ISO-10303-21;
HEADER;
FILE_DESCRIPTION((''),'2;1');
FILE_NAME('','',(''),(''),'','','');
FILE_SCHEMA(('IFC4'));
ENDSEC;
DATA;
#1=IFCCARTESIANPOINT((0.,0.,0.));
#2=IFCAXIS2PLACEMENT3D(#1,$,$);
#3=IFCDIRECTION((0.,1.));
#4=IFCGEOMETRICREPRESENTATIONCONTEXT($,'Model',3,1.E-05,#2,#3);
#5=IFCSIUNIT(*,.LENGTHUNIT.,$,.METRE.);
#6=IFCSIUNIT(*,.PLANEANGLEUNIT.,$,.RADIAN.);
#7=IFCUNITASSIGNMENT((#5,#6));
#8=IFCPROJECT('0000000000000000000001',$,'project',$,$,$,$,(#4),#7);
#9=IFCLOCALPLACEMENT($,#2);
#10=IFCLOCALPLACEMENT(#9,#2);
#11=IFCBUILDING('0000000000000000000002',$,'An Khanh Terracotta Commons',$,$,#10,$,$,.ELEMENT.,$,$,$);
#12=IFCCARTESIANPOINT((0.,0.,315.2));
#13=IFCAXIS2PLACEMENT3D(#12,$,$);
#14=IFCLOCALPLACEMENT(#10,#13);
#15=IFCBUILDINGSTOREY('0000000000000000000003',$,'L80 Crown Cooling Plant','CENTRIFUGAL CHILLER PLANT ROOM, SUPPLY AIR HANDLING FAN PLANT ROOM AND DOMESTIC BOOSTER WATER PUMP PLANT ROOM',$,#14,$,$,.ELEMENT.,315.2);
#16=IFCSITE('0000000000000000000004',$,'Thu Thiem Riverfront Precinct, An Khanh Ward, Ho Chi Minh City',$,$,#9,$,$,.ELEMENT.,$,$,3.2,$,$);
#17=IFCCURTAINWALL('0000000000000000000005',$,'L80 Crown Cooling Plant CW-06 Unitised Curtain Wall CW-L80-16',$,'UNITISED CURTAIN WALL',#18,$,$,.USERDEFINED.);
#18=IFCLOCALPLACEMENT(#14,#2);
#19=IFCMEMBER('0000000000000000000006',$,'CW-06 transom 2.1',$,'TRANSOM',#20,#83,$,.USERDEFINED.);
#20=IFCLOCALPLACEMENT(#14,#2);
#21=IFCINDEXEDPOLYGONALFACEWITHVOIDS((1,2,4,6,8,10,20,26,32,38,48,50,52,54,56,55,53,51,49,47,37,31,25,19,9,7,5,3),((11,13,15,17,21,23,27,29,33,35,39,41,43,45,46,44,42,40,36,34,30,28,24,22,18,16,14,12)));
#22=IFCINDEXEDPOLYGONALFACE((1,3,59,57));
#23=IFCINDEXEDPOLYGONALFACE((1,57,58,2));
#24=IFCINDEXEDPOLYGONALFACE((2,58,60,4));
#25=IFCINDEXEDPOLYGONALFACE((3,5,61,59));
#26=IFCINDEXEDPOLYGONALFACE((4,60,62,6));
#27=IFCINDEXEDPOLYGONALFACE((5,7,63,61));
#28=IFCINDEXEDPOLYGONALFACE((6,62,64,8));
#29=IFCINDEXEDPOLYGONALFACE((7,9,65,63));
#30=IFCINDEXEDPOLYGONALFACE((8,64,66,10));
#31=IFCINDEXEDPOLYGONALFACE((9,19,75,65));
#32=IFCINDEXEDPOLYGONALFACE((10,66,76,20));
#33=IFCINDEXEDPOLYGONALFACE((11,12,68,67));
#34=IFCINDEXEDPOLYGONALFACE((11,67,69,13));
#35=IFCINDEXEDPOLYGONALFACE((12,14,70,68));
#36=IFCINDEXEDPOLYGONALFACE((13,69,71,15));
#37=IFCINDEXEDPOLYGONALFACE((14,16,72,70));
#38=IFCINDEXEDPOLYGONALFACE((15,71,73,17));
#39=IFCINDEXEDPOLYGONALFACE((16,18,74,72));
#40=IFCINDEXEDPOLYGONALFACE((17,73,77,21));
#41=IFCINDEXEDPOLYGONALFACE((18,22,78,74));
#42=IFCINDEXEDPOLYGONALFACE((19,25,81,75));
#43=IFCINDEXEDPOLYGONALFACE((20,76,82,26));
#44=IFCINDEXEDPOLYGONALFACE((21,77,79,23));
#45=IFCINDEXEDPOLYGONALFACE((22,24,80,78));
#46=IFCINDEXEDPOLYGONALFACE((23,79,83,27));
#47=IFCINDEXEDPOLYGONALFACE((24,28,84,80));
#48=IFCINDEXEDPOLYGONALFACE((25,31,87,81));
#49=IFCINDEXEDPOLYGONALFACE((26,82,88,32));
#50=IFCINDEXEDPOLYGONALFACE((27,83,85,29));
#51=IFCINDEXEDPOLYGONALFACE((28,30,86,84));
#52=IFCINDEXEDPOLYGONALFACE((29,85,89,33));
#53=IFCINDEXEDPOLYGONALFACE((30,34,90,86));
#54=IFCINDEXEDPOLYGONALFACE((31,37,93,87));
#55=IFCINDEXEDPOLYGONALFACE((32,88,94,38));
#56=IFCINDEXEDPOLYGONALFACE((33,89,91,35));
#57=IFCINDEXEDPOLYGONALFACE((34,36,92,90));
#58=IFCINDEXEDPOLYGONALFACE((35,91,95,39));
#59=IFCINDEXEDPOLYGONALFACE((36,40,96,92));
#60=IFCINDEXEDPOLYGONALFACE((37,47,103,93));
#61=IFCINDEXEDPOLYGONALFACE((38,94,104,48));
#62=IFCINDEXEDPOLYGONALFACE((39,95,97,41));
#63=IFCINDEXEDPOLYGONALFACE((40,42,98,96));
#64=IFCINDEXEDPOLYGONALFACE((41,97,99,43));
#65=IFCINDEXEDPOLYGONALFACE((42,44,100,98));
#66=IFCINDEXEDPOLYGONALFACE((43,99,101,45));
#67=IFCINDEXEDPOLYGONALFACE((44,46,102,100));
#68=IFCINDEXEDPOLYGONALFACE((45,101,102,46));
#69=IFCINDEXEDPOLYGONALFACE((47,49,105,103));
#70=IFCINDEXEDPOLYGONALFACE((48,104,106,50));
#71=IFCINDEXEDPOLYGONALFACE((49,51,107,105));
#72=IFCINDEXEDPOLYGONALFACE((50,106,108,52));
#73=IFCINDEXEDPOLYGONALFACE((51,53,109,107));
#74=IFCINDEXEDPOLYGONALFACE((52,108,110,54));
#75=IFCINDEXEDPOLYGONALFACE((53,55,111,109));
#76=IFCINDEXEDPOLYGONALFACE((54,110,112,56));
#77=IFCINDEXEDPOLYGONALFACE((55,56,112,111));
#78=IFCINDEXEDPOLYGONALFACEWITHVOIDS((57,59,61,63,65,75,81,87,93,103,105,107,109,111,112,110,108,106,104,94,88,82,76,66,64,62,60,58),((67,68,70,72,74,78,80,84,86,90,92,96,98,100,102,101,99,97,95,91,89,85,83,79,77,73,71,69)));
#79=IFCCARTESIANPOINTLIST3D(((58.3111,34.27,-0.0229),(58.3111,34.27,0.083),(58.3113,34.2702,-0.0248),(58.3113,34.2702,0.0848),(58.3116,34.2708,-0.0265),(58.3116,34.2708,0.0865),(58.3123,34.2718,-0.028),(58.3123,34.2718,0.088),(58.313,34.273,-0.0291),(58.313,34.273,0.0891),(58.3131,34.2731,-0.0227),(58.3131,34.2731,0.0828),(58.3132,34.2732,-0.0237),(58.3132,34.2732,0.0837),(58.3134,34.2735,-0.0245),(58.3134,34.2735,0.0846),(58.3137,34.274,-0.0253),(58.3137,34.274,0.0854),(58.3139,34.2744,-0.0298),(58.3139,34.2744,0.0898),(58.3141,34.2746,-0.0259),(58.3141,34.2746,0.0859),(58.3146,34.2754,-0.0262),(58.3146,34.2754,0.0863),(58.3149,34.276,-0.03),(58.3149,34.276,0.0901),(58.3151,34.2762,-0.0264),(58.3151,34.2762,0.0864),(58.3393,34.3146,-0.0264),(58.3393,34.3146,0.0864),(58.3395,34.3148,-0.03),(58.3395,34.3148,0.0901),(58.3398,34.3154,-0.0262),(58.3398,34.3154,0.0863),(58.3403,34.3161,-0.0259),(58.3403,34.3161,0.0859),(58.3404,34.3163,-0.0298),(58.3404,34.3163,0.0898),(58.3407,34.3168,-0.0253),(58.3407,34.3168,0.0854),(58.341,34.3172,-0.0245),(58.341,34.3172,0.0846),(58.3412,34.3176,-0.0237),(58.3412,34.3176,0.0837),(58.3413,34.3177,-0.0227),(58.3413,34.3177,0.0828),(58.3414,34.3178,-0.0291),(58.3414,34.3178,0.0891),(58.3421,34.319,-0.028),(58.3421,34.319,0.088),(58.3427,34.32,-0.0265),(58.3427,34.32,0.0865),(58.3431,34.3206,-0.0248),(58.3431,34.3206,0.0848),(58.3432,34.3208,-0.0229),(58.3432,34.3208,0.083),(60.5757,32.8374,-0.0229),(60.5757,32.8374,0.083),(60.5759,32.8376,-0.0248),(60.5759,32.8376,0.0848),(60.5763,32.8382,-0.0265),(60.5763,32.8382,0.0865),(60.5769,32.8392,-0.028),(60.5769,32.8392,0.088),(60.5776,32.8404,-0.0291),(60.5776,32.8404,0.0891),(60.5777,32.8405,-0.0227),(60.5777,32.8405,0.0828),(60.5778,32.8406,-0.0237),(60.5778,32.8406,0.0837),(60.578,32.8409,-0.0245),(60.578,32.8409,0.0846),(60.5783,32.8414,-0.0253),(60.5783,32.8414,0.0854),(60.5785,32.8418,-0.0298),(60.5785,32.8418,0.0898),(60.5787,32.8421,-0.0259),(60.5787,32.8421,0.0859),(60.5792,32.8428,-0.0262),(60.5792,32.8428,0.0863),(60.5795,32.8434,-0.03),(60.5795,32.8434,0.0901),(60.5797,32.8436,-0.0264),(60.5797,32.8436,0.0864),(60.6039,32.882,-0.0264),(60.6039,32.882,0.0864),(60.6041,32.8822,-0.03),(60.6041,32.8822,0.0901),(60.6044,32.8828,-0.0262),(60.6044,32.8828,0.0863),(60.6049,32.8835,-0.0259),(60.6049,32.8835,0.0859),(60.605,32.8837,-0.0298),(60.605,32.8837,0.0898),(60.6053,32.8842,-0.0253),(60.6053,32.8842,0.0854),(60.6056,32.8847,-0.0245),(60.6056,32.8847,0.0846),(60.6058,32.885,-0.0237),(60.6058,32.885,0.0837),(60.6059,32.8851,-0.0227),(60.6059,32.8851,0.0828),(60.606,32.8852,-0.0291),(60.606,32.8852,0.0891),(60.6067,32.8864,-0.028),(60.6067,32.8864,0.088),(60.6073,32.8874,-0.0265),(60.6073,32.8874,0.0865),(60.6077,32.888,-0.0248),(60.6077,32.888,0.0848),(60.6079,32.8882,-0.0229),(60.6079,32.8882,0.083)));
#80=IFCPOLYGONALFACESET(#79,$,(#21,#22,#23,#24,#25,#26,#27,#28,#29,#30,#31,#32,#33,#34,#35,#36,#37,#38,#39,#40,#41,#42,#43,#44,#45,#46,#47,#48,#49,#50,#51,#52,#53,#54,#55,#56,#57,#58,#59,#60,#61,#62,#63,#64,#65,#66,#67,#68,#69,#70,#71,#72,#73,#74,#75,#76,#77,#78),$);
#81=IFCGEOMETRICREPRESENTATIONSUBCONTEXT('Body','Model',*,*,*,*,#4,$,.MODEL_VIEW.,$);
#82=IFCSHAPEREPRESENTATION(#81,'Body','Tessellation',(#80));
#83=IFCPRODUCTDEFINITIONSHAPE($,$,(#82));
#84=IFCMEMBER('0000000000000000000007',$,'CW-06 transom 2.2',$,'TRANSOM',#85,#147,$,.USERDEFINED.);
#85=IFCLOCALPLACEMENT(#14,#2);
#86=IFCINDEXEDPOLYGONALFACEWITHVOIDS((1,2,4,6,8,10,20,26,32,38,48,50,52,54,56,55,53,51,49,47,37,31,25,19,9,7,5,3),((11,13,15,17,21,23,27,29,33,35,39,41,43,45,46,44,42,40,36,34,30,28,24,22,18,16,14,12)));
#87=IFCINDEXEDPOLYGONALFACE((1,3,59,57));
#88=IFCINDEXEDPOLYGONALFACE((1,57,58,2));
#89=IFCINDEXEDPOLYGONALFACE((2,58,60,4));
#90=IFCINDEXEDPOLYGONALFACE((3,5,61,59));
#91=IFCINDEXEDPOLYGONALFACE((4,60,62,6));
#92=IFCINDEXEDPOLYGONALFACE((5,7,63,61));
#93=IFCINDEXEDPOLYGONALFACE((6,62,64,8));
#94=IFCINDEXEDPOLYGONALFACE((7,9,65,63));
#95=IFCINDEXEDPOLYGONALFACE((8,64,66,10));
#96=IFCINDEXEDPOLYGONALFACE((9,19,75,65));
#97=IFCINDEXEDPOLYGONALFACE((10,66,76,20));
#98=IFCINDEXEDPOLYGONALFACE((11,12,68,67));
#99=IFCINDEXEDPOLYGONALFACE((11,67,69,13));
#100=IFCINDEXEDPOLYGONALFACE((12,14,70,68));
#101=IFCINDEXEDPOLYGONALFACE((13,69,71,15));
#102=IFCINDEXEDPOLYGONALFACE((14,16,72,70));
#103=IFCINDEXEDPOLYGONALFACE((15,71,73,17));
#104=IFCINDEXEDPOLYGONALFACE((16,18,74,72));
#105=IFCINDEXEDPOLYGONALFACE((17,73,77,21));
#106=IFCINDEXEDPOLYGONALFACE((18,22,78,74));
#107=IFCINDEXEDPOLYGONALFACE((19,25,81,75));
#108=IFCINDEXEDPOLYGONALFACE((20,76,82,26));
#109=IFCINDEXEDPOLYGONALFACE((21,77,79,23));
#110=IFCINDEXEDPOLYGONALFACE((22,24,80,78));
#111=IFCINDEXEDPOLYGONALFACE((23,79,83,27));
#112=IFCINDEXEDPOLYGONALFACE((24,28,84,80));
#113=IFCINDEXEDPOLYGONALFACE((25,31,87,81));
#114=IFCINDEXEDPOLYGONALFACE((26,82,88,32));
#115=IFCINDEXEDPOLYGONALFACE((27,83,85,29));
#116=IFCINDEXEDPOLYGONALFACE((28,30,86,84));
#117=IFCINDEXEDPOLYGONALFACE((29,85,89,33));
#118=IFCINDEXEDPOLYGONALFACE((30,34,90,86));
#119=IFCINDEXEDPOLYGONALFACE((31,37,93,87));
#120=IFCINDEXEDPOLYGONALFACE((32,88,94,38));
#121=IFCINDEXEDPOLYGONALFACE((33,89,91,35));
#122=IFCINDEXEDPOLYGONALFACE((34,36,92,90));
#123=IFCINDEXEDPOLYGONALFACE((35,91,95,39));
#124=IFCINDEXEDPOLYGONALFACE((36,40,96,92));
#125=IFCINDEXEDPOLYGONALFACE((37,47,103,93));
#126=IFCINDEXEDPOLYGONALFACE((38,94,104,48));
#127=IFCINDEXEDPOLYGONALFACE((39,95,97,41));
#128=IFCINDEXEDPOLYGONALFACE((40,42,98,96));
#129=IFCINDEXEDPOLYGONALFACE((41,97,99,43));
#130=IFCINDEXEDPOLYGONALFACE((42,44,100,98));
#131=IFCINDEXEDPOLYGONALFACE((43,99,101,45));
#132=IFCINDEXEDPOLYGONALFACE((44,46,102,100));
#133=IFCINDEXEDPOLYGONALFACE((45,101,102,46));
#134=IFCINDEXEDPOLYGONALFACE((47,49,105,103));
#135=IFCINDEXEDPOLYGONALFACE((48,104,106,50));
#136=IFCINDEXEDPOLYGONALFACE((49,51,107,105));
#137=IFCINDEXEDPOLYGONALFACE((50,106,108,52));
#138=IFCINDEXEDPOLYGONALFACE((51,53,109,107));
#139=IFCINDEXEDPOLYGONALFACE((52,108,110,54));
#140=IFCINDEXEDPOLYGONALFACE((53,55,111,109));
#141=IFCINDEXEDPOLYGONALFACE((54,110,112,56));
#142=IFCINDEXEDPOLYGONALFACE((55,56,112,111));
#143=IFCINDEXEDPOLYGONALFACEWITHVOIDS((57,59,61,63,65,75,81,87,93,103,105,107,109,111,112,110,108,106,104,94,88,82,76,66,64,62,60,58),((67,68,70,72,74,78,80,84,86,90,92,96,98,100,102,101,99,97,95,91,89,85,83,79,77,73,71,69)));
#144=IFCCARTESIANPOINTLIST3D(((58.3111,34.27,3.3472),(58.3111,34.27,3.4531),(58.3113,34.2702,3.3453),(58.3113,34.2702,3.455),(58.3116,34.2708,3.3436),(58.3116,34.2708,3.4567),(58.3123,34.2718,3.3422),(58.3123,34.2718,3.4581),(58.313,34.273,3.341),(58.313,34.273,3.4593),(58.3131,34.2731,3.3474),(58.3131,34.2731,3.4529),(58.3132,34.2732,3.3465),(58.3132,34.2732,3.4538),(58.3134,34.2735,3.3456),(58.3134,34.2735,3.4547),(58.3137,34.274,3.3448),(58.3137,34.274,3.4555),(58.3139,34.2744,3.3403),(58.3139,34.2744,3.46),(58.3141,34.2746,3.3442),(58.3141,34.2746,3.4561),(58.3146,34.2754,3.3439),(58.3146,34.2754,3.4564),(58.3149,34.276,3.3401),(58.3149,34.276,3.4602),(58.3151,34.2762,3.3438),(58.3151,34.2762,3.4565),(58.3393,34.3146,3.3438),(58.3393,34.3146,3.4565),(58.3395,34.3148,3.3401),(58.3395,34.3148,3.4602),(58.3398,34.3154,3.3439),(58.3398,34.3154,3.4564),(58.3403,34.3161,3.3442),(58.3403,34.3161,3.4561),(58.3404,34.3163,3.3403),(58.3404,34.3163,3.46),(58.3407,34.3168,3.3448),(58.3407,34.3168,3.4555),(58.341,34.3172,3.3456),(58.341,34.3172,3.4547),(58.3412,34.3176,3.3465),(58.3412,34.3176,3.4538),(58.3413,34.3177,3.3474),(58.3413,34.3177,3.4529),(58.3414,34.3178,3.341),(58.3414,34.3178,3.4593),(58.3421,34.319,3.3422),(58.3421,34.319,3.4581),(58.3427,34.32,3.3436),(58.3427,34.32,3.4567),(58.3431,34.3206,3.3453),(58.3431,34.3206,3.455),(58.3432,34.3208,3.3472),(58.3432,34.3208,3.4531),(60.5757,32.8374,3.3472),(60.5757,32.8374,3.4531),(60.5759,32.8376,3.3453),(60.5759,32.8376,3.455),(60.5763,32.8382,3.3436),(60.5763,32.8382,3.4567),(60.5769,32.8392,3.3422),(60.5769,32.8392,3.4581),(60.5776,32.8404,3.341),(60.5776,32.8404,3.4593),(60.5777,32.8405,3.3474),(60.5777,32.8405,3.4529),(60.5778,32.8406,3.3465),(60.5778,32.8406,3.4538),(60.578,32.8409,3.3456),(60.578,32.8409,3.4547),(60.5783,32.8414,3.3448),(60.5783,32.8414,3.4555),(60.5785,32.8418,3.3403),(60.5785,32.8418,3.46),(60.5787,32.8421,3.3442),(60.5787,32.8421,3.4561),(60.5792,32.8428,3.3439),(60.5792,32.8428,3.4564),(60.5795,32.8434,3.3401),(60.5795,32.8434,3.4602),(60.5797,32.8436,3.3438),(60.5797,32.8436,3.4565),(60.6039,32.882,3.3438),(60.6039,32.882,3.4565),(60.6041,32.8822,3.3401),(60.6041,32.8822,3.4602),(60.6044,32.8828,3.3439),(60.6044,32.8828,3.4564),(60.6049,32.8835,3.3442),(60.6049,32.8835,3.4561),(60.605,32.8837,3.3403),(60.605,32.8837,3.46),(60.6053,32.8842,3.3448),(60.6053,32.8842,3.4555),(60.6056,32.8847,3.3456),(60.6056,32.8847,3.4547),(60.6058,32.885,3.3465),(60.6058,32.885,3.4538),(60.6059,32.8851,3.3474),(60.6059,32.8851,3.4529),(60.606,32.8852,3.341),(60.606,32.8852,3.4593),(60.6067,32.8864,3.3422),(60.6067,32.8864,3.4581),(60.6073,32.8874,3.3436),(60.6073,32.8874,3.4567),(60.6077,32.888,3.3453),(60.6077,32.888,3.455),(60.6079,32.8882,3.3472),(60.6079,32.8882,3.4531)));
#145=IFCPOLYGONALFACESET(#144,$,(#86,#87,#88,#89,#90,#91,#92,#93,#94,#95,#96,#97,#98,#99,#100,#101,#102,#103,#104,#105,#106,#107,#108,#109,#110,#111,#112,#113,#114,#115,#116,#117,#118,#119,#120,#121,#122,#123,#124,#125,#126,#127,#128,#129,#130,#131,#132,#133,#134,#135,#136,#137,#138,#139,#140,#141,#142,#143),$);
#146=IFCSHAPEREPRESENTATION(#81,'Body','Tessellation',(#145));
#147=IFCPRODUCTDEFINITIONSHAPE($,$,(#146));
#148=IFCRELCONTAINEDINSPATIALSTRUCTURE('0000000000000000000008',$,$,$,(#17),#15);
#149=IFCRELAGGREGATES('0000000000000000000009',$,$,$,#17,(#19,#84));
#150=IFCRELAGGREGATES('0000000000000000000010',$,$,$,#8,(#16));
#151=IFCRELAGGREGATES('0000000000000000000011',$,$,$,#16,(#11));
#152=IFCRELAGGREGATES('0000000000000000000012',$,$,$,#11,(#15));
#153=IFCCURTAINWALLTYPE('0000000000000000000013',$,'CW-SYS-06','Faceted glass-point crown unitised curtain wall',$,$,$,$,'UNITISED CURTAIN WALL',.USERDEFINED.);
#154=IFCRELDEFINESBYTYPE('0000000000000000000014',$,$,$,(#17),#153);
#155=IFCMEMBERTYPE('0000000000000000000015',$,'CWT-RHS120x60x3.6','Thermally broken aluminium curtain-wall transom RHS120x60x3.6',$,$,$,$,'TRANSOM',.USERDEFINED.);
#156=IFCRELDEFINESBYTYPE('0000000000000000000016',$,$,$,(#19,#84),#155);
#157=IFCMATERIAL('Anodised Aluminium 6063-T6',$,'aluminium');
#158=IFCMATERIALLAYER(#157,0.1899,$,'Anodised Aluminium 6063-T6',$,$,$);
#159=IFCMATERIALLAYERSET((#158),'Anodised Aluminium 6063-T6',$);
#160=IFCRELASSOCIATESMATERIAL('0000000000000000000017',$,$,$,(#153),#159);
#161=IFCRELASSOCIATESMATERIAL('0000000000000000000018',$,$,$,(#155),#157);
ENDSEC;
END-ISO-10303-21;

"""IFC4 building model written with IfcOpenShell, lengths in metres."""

from ifc_helpers import new_model, si_unit, direction, frame, origin, origin_2d, place, context, subcontext, project, spatial, hollow_rectangle, extrude, material, layer, layer_set, material_profile, profile_set, type_object, element, aggregate, save


model = new_model("IFC4")

# Units and contexts
model_context = context("Model", 3, precision=1e-05, world=origin(), true_north=direction((0.0, 1.0)))
body_context = subcontext(model_context, "Body", "Model", "MODEL_VIEW")
ifc_project = project(units=[si_unit("LENGTHUNIT", "METRE"), si_unit("PLANEANGLEUNIT", "RADIAN")], contexts=[model_context])

# Site, building, storey
site_placement = place(None, origin())
site = spatial("IfcSite", under=ifc_project, at=site_placement, Name="Thu Thiem Riverfront Precinct, An Khanh Ward, Ho Chi Minh City", CompositionType="ELEMENT", RefElevation=3.2)
building_placement = place(site_placement, origin())
building = spatial("IfcBuilding", under=site, at=building_placement, Name="An Khanh Terracotta Commons", CompositionType="ELEMENT")
storey_placement = place(building_placement, frame((0.0, 0.0, 315.2)))
storey = spatial("IfcBuildingStorey", under=building, at=storey_placement, Name="L80 Crown Cooling Plant", Description="CENTRIFUGAL CHILLER PLANT ROOM, SUPPLY AIR HANDLING FAN PLANT ROOM AND DOMESTIC BOOSTER WATER PUMP PLANT ROOM", CompositionType="ELEMENT", Elevation=315.2)

# Curtain wall, members
ifc_material_1 = material(Name="Anodised Aluminium 6063-T6", Category="aluminium")
ifc_layer_1 = layer(ifc_material_1, 0.1899, Name="Anodised Aluminium 6063-T6")
ifc_layer_set_1 = layer_set([ifc_layer_1], Name="Anodised Aluminium 6063-T6")
curtain_wall_type = type_object("IfcCurtainWallType", Name="CW-SYS-06", Description="Faceted glass-point crown unitised curtain wall", ElementType="UNITISED CURTAIN WALL", PredefinedType="USERDEFINED", material=ifc_layer_set_1)
curtain_wall_placement = place(storey_placement, origin())
curtain_wall = element("IfcCurtainWall", 1, at=curtain_wall_placement, inside=storey, type_object=curtain_wall_type, Name="L80 Crown Cooling Plant CW-06 Unitised Curtain Wall CW-L80-16", ObjectType="UNITISED CURTAIN WALL", PredefinedType="USERDEFINED")
ifc_material_profile_1 = material_profile(ifc_material_1, hollow_rectangle(XDim=0.0601, YDim=0.1201, WallThickness=0.0037, InnerFilletRadius=0.0037, OuterFilletRadius=0.0071, at=origin_2d()), Name="RHS120x60x3.6")
ifc_profile_set_1 = profile_set([ifc_material_profile_1], Name="Anodised Aluminium 6063-T6")
member_type_1 = type_object("IfcMemberType", Name="CWT-RHS120x60x3.6", Description="Thermally broken aluminium curtain-wall transom RHS120x60x3.6", ElementType="TRANSOM", PredefinedType="USERDEFINED", material=ifc_profile_set_1)
member_1_placement = place(storey_placement, frame((60.5918, 32.8628, 0.03), z_axis=(-0.845099, 0.53461, 0.0), x_axis=(-0.53461, -0.845099, 0.0)))
member_1 = element("IfcMember", 2, at=member_1_placement, type_object=member_type_1, Name="CW-06 transom 2.1", ObjectType="TRANSOM", PredefinedType="USERDEFINED", context=body_context, shape_type="SweptSolid", body=[
    extrude(hollow_rectangle(XDim=0.0601, YDim=0.1201, WallThickness=0.0037, InnerFilletRadius=0.0037, OuterFilletRadius=0.0071, at=origin_2d()), origin(), (0.0, 0.0, 1.0), 2.6797),
])
member_2_placement = place(storey_placement, frame((60.5918, 32.8628, 3.4001), z_axis=(-0.845099, 0.53461, 0.0), x_axis=(-0.53461, -0.845099, 0.0)))
member_2 = element("IfcMember", 3, at=member_2_placement, type_object=member_type_1, Name="CW-06 transom 2.2", ObjectType="TRANSOM", PredefinedType="USERDEFINED", context=body_context, shape_type="SweptSolid", body=[
    extrude(hollow_rectangle(XDim=0.0601, YDim=0.1201, WallThickness=0.0037, InnerFilletRadius=0.0037, OuterFilletRadius=0.0071, at=origin_2d()), origin(), (0.0, 0.0, 1.0), 2.6797),
])
aggregate(curtain_wall, [member_1, member_2])

save(model, "model.ifc")
